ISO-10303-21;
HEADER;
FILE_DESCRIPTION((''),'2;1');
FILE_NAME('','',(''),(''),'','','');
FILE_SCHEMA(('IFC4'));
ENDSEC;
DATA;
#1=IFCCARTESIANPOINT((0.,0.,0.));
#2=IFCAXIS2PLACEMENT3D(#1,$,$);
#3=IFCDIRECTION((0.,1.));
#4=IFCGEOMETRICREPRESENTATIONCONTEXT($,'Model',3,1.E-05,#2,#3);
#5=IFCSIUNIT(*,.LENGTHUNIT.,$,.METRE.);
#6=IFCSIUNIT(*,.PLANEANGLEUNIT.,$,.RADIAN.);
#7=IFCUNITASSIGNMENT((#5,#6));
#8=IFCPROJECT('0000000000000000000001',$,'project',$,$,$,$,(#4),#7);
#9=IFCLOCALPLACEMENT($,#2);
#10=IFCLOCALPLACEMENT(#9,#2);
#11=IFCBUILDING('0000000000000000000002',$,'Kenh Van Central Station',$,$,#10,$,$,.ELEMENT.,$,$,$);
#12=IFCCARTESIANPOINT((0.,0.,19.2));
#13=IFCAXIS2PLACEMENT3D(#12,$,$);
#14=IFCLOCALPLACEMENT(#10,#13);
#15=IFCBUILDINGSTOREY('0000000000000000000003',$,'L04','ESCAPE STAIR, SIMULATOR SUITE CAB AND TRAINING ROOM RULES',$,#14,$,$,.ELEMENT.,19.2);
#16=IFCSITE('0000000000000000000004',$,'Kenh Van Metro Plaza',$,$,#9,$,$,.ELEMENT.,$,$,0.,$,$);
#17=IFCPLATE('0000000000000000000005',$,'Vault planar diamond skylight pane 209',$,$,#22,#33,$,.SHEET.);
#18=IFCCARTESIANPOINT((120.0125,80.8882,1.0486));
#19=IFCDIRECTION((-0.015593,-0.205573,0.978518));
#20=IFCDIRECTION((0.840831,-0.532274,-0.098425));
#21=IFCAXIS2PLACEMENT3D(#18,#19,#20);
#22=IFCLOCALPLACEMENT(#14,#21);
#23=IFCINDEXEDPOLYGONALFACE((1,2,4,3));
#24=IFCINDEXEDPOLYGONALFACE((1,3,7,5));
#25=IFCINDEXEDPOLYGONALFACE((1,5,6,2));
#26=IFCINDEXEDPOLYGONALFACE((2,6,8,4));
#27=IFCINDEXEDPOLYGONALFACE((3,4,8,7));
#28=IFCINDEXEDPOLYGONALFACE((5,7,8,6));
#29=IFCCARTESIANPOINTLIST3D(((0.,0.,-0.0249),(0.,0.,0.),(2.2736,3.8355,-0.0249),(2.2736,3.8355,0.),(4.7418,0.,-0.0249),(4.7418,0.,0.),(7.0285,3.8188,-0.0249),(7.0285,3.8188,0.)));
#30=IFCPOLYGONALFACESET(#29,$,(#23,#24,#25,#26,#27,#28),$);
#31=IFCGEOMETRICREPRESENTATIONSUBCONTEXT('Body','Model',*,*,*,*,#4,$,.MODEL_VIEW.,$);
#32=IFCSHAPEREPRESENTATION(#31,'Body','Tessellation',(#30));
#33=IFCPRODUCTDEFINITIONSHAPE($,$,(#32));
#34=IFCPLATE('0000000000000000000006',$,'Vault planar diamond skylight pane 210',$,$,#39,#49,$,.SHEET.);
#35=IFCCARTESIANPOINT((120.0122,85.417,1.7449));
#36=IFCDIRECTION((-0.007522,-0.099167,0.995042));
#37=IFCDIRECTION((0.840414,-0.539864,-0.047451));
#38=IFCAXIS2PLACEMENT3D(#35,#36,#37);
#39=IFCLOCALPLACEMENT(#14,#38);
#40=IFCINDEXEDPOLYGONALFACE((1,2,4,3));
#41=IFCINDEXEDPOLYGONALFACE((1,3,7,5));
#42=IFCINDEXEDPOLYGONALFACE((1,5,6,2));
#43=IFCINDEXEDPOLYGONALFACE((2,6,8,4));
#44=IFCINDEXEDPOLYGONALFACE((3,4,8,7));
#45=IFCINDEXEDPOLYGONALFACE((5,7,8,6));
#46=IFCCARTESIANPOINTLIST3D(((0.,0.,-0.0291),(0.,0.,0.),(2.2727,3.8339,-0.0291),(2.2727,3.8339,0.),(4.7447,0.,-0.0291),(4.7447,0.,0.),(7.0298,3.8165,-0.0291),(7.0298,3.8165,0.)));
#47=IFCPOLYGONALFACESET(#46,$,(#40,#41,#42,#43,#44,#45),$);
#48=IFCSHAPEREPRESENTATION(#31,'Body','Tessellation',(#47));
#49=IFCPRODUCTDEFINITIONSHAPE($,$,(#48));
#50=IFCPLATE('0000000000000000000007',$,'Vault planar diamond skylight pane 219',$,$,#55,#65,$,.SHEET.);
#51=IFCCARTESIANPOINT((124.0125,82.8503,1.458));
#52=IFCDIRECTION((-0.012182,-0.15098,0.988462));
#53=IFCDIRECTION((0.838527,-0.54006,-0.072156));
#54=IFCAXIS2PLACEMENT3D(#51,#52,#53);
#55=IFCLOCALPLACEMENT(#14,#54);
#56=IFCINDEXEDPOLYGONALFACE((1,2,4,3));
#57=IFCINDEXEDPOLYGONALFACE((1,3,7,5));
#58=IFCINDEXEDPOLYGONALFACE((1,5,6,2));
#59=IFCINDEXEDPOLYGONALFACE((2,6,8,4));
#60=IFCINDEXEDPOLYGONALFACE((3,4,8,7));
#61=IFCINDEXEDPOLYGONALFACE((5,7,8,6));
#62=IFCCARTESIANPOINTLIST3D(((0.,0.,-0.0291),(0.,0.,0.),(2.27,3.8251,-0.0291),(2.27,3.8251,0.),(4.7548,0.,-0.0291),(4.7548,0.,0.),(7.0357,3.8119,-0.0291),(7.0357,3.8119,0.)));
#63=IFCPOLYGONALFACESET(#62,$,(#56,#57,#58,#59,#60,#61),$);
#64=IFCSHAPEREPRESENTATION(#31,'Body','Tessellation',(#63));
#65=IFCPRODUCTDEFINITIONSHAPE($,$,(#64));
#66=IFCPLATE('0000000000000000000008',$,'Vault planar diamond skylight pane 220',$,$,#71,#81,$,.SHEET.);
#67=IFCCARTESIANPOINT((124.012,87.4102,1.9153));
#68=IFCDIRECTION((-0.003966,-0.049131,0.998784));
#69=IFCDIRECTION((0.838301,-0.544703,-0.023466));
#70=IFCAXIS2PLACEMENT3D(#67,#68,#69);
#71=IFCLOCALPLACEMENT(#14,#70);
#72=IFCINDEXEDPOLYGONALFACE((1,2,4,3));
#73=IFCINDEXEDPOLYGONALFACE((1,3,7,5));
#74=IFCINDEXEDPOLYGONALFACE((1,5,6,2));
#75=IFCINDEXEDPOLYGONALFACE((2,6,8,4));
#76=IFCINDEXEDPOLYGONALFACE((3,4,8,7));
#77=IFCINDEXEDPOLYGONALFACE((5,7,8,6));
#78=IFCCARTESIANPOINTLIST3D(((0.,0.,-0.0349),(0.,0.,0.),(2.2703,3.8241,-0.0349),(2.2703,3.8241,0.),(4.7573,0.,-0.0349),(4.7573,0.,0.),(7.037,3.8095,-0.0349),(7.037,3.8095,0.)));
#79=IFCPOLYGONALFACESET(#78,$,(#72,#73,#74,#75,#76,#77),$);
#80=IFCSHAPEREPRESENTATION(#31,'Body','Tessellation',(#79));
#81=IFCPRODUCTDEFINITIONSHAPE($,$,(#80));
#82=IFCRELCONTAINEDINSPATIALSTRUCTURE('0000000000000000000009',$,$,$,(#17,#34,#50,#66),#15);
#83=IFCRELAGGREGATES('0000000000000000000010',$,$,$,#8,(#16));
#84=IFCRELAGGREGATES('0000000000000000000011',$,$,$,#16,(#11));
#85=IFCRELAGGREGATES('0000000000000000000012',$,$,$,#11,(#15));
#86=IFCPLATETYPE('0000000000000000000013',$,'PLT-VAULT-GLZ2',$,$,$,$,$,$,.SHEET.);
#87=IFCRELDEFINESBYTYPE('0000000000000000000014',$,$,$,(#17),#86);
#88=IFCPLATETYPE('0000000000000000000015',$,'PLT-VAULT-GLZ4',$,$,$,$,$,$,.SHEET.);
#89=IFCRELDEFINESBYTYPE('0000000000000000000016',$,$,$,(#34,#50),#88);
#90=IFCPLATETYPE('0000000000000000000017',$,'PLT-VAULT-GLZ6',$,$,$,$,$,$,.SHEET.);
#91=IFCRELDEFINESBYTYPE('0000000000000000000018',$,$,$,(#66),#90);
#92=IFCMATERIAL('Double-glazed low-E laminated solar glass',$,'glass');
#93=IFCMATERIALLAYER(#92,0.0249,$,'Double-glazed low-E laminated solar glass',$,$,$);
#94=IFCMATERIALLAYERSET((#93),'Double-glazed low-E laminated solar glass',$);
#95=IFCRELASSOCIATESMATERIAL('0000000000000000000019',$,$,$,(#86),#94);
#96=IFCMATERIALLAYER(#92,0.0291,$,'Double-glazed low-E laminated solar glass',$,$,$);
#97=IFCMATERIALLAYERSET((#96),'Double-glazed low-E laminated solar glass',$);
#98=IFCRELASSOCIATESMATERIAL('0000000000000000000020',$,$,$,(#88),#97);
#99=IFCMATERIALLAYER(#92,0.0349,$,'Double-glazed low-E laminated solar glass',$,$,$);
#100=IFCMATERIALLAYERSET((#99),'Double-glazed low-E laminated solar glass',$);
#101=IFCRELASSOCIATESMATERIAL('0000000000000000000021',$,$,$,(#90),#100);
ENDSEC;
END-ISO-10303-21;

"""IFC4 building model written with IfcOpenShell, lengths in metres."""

from ifc_helpers import new_model, si_unit, direction, frame, origin, place, context, subcontext, project, spatial, polyline, outline, extrude, material, layer, layer_set, type_object, element, save


model = new_model("IFC4")

# Units and contexts
model_context = context("Model", 3, precision=1e-05, world=origin(), true_north=direction((0.0, 1.0)))
body_context = subcontext(model_context, "Body", "Model", "MODEL_VIEW")
ifc_project = project(units=[si_unit("LENGTHUNIT", "METRE"), si_unit("PLANEANGLEUNIT", "RADIAN")], contexts=[model_context])

# Site, building, storey
site_placement = place(None, origin())
site = spatial("IfcSite", under=ifc_project, at=site_placement, Name="Kenh Van Metro Plaza", CompositionType="ELEMENT", RefElevation=0.0)
building_placement = place(site_placement, origin())
building = spatial("IfcBuilding", under=site, at=building_placement, Name="Kenh Van Central Station", CompositionType="ELEMENT")
storey_placement = place(building_placement, frame((0.0, 0.0, 19.2)))
storey = spatial("IfcBuildingStorey", under=building, at=storey_placement, Name="L04", Description="ESCAPE STAIR, SIMULATOR SUITE CAB AND TRAINING ROOM RULES", CompositionType="ELEMENT", Elevation=19.2)

# Plates
ifc_material_1 = material(Name="Double-glazed low-E laminated solar glass", Category="glass")
ifc_layer_1 = layer(ifc_material_1, 0.0249, Name="Double-glazed low-E laminated solar glass")
ifc_layer_set_1 = layer_set([ifc_layer_1], Name="Double-glazed low-E laminated solar glass")
plate_type_1 = type_object("IfcPlateType", Name="PLT-VAULT-GLZ2", PredefinedType="SHEET", material=ifc_layer_set_1)
plate_1_placement = place(storey_placement, frame((120.0125, 80.8882, 1.0486), z_axis=(-0.015593, -0.205573, 0.978518), x_axis=(0.840831, -0.532274, -0.098425)))
element("IfcPlate", 1, at=plate_1_placement, inside=storey, type_object=plate_type_1, Name="Vault planar diamond skylight pane 209", PredefinedType="SHEET", context=body_context, shape_type="SweptSolid", body=[
    extrude(outline(polyline([(0.0, 0.0), (4.7418, 0.0), (7.0285, 3.8188), (2.2736, 3.8355), (0.0, 0.0)])), origin(), (0.0, 0.0, -1.0), 0.0249),
])
ifc_layer_2 = layer(ifc_material_1, 0.0291, Name="Double-glazed low-E laminated solar glass")
ifc_layer_set_2 = layer_set([ifc_layer_2], Name="Double-glazed low-E laminated solar glass")
plate_type_2 = type_object("IfcPlateType", Name="PLT-VAULT-GLZ4", PredefinedType="SHEET", material=ifc_layer_set_2)
plate_2_placement = place(storey_placement, frame((120.0122, 85.417, 1.7449), z_axis=(-0.007522, -0.099167, 0.995042), x_axis=(0.840414, -0.539864, -0.047451)))
element("IfcPlate", 2, at=plate_2_placement, inside=storey, type_object=plate_type_2, Name="Vault planar diamond skylight pane 210", PredefinedType="SHEET", context=body_context, shape_type="SweptSolid", body=[
    extrude(outline(polyline([(0.0, 0.0), (4.7447, 0.0), (7.0298, 3.8165), (2.2727, 3.8339), (0.0, 0.0)])), origin(), (0.0, 0.0, -1.0), 0.0291),
])
plate_3_placement = place(storey_placement, frame((124.0125, 82.8503, 1.458), z_axis=(-0.012182, -0.15098, 0.988462), x_axis=(0.838527, -0.54006, -0.072156)))
element("IfcPlate", 3, at=plate_3_placement, inside=storey, type_object=plate_type_2, Name="Vault planar diamond skylight pane 219", PredefinedType="SHEET", context=body_context, shape_type="SweptSolid", body=[
    extrude(outline(polyline([(0.0, 0.0), (4.7548, 0.0), (7.0357, 3.8119), (2.27, 3.8251), (0.0, 0.0)])), origin(), (0.0, 0.0, -1.0), 0.0291),
])
ifc_layer_3 = layer(ifc_material_1, 0.0349, Name="Double-glazed low-E laminated solar glass")
ifc_layer_set_3 = layer_set([ifc_layer_3], Name="Double-glazed low-E laminated solar glass")
plate_type_3 = type_object("IfcPlateType", Name="PLT-VAULT-GLZ6", PredefinedType="SHEET", material=ifc_layer_set_3)
plate_4_placement = place(storey_placement, frame((124.012, 87.4102, 1.9153), z_axis=(-0.003966, -0.049131, 0.998784), x_axis=(0.838301, -0.544703, -0.023466)))
element("IfcPlate", 4, at=plate_4_placement, inside=storey, type_object=plate_type_3, Name="Vault planar diamond skylight pane 220", PredefinedType="SHEET", context=body_context, shape_type="SweptSolid", body=[
    extrude(outline(polyline([(0.0, 0.0), (4.7573, 0.0), (7.037, 3.8095), (2.2703, 3.8241), (0.0, 0.0)])), origin(), (0.0, 0.0, -1.0), 0.0349),
])

save(model, "model.ifc")
